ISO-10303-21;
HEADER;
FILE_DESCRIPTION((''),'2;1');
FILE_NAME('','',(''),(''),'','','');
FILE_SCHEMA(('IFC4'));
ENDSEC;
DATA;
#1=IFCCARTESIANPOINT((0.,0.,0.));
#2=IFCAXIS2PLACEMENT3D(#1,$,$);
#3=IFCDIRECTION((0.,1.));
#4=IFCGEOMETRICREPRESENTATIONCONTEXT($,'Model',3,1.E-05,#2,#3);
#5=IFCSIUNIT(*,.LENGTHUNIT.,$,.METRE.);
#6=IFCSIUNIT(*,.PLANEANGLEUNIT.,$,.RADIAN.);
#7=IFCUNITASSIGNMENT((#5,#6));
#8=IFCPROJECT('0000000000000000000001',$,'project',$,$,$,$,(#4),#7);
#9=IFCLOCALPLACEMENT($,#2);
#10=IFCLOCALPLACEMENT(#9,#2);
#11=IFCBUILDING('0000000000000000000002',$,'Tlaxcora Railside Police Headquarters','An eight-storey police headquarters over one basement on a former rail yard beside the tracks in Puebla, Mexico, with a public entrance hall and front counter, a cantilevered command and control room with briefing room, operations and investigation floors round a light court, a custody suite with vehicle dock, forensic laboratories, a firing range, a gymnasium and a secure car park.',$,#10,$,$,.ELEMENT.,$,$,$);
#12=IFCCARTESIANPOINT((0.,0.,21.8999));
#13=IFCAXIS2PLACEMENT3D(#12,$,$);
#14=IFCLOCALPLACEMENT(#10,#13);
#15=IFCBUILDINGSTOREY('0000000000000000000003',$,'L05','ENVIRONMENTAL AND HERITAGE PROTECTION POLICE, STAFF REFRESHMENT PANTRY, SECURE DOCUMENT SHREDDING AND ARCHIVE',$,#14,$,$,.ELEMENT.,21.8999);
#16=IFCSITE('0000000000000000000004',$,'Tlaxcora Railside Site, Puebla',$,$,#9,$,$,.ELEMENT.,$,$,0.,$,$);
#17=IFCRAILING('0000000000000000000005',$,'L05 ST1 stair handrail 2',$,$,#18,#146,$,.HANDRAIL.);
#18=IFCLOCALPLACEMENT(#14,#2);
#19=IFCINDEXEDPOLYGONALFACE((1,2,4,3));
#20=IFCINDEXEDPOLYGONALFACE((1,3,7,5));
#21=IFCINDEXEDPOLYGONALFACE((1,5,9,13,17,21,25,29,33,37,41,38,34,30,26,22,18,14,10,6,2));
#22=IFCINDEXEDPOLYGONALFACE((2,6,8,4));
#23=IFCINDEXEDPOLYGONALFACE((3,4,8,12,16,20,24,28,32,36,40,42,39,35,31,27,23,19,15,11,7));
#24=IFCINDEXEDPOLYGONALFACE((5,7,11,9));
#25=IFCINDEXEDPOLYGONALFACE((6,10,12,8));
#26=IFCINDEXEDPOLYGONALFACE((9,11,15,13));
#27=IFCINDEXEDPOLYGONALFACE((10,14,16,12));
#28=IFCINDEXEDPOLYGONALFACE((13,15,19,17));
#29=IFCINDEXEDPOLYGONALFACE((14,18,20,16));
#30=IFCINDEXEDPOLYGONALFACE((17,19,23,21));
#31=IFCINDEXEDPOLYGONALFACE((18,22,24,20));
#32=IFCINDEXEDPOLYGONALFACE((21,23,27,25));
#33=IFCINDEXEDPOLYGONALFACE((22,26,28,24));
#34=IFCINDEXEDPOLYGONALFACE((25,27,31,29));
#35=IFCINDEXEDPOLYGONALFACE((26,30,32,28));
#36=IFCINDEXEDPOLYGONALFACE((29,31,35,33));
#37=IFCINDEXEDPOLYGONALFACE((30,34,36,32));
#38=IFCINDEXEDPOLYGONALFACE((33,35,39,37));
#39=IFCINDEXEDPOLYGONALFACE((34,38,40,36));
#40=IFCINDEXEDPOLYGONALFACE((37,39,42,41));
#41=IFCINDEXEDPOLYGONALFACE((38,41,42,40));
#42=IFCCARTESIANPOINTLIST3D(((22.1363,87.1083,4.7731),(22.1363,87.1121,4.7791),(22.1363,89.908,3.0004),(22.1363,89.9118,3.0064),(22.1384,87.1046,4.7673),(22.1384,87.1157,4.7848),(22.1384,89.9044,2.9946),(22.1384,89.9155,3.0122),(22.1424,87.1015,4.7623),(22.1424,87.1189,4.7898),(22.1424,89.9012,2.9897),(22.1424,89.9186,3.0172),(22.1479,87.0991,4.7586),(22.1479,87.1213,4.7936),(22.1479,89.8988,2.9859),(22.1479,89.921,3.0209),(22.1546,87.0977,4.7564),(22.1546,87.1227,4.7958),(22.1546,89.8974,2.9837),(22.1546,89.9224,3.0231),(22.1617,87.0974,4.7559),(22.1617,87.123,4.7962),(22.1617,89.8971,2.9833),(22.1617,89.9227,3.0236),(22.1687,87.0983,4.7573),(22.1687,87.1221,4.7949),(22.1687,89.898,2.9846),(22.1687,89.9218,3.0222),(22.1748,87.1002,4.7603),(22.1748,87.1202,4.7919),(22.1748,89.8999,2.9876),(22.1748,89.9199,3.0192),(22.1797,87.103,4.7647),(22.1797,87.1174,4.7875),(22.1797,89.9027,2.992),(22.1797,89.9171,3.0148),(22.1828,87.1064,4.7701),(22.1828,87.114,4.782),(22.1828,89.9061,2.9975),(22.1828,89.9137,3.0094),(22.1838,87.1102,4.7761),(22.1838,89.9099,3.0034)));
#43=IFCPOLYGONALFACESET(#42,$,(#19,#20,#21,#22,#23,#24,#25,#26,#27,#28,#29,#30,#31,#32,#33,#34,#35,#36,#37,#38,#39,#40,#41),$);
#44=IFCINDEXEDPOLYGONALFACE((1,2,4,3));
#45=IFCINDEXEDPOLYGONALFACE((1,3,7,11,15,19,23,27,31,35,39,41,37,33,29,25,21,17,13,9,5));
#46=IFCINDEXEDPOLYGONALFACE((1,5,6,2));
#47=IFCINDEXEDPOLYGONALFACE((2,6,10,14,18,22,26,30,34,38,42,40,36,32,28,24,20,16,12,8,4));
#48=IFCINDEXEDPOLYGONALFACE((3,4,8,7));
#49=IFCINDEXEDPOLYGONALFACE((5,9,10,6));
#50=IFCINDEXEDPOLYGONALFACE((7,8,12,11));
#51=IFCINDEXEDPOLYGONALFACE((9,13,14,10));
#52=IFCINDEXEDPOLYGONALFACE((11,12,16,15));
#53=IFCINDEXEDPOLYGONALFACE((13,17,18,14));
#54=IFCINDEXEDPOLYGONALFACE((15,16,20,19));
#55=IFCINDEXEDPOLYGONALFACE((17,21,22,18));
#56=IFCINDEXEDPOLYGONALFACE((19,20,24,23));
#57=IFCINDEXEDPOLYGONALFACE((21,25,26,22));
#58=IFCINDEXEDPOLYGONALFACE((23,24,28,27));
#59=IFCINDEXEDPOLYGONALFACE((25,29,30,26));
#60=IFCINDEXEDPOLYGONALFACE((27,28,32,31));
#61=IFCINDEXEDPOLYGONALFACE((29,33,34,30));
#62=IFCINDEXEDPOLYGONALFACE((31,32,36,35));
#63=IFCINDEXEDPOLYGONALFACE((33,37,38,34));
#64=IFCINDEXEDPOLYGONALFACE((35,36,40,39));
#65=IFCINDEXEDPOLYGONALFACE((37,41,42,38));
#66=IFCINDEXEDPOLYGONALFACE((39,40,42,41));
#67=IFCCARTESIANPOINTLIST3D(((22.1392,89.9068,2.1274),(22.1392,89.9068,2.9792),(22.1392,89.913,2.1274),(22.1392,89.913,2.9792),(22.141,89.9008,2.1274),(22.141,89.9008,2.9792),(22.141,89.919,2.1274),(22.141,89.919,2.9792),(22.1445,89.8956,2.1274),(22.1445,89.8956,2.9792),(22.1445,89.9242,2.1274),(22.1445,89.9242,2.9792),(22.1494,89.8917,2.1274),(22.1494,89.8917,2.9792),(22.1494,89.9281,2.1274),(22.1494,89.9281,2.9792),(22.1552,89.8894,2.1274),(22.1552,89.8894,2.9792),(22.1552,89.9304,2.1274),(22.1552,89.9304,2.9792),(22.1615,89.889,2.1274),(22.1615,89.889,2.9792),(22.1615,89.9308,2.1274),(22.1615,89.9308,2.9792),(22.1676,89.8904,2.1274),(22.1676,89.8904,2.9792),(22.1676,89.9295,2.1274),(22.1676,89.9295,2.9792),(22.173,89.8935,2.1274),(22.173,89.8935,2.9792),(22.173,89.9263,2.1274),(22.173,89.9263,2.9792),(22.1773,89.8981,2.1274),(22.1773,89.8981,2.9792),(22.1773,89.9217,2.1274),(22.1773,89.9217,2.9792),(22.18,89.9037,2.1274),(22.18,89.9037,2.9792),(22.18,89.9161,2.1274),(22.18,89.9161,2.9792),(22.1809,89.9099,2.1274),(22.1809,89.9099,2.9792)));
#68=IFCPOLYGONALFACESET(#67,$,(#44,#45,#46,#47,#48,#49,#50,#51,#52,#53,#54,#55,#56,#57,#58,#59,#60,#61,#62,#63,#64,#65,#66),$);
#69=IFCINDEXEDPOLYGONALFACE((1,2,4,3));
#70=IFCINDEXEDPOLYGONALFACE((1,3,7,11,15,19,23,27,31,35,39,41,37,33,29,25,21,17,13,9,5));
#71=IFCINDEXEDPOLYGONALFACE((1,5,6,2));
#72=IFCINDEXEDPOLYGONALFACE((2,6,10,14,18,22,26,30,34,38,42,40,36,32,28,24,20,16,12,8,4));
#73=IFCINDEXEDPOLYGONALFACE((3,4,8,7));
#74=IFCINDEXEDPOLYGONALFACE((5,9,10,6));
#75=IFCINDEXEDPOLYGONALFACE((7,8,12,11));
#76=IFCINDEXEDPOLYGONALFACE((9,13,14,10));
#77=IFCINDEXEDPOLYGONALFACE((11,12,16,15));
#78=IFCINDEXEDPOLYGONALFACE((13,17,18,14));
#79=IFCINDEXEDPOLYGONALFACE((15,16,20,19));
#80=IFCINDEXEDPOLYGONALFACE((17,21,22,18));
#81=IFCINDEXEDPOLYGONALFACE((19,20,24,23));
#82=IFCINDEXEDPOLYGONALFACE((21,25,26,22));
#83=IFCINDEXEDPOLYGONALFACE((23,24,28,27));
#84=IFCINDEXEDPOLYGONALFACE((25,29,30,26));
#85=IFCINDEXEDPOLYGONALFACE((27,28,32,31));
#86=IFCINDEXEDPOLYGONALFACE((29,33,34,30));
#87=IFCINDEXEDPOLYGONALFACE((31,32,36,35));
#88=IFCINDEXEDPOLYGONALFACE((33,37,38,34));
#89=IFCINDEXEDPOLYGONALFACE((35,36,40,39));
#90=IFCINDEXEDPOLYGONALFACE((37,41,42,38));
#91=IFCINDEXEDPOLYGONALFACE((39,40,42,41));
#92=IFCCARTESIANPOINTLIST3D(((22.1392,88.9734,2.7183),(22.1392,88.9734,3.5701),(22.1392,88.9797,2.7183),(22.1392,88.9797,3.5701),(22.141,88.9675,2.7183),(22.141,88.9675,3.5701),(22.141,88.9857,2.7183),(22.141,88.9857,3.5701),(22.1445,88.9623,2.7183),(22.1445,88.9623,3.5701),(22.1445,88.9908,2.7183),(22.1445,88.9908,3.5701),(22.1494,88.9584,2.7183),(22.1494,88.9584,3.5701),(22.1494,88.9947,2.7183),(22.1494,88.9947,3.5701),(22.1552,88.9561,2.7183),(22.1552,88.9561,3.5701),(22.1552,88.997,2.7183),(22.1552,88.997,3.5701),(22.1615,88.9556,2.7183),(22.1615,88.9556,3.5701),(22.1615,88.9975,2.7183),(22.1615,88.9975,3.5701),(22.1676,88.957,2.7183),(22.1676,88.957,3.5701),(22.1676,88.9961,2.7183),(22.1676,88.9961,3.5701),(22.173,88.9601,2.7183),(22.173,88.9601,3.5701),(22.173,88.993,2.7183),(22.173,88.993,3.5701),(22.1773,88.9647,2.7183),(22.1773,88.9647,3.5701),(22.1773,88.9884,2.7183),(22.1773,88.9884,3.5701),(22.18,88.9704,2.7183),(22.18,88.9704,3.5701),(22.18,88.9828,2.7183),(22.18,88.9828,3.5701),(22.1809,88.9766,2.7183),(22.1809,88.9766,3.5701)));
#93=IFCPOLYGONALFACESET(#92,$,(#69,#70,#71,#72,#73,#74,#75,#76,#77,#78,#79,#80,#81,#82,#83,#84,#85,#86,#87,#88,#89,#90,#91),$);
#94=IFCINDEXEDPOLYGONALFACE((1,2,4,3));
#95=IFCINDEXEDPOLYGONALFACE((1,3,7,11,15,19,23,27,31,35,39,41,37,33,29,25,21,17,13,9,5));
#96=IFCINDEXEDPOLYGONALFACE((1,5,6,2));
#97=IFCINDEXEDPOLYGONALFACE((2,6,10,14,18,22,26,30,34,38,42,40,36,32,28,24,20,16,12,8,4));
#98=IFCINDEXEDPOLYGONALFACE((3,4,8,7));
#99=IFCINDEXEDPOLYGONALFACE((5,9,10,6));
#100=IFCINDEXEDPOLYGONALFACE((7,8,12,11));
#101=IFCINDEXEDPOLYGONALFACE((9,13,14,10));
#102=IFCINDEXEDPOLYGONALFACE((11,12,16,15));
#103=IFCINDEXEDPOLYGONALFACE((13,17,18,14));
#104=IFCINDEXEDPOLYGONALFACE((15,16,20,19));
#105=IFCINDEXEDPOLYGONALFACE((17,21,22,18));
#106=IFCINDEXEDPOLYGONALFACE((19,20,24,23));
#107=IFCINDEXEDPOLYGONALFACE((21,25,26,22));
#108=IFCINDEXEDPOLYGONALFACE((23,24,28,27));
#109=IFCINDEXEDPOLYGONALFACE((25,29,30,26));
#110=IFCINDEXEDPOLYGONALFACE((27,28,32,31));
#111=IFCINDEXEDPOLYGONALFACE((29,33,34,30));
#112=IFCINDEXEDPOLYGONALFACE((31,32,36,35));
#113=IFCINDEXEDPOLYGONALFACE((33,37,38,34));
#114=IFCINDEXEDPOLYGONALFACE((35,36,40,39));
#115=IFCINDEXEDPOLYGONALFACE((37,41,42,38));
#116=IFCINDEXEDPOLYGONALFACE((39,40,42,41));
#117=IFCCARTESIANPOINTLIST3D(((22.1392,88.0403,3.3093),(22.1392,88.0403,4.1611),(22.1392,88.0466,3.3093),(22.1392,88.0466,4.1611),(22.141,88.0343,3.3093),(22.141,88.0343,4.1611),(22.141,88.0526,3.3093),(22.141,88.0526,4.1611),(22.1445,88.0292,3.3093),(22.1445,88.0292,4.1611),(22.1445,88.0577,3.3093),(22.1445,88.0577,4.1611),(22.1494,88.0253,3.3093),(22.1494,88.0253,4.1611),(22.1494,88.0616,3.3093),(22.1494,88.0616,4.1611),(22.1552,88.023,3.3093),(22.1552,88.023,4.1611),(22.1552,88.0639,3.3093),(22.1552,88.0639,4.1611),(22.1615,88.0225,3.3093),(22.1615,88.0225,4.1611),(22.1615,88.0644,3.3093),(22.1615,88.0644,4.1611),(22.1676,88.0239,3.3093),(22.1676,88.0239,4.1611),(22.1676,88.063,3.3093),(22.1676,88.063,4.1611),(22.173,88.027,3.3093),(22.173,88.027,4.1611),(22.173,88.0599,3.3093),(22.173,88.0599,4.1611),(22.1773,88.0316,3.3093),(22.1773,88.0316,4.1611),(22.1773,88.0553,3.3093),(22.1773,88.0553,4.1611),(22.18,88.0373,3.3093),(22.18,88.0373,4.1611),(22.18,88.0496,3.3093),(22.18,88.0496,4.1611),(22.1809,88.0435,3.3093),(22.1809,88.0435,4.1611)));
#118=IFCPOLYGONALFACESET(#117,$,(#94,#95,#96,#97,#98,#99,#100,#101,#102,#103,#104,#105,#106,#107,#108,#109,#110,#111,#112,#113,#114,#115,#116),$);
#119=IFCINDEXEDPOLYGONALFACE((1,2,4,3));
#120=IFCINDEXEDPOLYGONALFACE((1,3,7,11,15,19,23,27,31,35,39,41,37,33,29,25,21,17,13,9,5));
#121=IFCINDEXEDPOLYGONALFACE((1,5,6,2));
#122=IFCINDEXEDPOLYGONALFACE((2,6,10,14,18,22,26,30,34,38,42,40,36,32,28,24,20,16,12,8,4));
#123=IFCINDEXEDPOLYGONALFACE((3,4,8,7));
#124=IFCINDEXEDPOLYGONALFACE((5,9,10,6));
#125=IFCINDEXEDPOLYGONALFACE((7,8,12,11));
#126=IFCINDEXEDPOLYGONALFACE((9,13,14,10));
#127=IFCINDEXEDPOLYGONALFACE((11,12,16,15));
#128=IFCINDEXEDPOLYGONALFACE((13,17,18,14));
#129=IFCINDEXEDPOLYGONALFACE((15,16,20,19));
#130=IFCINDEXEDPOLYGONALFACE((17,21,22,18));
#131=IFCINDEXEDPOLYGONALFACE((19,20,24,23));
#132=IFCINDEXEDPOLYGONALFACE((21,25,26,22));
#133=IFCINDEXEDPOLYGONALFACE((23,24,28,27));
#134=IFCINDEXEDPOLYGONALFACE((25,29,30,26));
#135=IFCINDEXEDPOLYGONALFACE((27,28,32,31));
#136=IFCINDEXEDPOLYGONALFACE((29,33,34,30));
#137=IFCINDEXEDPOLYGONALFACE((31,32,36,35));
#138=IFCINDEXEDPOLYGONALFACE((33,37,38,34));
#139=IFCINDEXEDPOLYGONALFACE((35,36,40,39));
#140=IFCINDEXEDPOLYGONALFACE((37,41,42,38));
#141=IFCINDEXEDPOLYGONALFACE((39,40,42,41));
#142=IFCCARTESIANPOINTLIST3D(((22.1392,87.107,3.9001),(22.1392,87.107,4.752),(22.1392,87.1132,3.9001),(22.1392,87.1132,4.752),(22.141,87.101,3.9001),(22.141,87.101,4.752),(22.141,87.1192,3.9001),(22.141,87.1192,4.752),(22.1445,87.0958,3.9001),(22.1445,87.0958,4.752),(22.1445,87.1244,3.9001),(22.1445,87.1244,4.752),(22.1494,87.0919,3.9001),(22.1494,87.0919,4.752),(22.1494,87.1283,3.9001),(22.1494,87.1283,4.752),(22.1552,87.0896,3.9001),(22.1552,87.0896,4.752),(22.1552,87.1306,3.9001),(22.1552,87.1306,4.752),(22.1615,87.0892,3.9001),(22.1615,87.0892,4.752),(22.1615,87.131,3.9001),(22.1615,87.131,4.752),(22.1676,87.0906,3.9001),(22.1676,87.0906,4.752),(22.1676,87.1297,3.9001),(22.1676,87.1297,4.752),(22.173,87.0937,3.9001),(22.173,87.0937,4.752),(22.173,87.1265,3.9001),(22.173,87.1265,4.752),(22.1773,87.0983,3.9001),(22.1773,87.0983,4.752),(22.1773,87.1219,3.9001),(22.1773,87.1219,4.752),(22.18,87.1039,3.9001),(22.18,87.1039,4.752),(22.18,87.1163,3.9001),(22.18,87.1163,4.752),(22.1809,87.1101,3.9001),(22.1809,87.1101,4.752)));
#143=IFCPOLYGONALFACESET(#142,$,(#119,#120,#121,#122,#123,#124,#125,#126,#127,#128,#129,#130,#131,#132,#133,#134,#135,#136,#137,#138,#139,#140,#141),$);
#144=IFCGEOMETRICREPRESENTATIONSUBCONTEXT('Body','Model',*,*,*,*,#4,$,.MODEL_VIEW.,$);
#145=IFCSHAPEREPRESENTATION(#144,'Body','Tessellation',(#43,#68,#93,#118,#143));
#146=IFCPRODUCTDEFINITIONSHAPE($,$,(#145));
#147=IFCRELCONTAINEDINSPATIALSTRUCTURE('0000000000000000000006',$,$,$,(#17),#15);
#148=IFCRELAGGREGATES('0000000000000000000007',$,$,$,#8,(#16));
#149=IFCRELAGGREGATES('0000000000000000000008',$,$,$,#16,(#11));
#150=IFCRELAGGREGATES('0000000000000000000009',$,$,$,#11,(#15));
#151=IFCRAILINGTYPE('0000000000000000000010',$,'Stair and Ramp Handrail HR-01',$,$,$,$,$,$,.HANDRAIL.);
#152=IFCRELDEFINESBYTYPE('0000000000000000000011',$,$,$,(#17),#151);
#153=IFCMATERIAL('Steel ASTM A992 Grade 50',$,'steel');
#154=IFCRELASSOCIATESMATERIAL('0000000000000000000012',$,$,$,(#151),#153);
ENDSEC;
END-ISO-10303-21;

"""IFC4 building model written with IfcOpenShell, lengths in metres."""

from ifc_helpers import new_model, si_unit, direction, frame, origin, origin_2d, place, context, subcontext, project, spatial, circle, extrude, material, type_object, element, save


model = new_model("IFC4")

# Units and contexts
model_context = context("Model", 3, precision=1e-05, world=origin(), true_north=direction((0.0, 1.0)))
body_context = subcontext(model_context, "Body", "Model", "MODEL_VIEW")
ifc_project = project(units=[si_unit("LENGTHUNIT", "METRE"), si_unit("PLANEANGLEUNIT", "RADIAN")], contexts=[model_context])

# Site, building, storey
site_placement = place(None, origin())
site = spatial("IfcSite", under=ifc_project, at=site_placement, Name="Tlaxcora Railside Site, Puebla", CompositionType="ELEMENT", RefElevation=0.0)
building_placement = place(site_placement, origin())
building = spatial("IfcBuilding", under=site, at=building_placement, Name="Tlaxcora Railside Police Headquarters", Description="An eight-storey police headquarters over one basement on a former rail yard beside the tracks in Puebla, Mexico, with a public entrance hall and front counter, a cantilevered command and control room with briefing room, operations and investigation floors round a light court, a custody suite with vehicle dock, forensic laboratories, a firing range, a gymnasium and a secure car park.", CompositionType="ELEMENT")
storey_placement = place(building_placement, frame((0.0, 0.0, 21.8999)))
storey = spatial("IfcBuildingStorey", under=building, at=storey_placement, Name="L05", Description="ENVIRONMENTAL AND HERITAGE PROTECTION POLICE, STAFF REFRESHMENT PANTRY, SECURE DOCUMENT SHREDDING AND ARCHIVE", CompositionType="ELEMENT", Elevation=21.8999)

# Shared definitions
ifc_material_1 = material(Name="Steel ASTM A992 Grade 50", Category="steel")

# Railing
railing_type_1 = type_object("IfcRailingType", Name="Stair and Ramp Handrail HR-01", PredefinedType="HANDRAIL", material=ifc_material_1)
railing_1_placement = place(storey_placement, frame((22.1599, 89.9099, 2.1274)))
element("IfcRailing", 1, at=railing_1_placement, inside=storey, type_object=railing_type_1, Name="L05 ST1 stair handrail 2", PredefinedType="HANDRAIL", context=body_context, shape_type="SweptSolid", body=[
    extrude(circle(Radius=0.0239, at=origin_2d()), frame((0.0, 0.0, 0.876), z_axis=(0.0, -0.844888, 0.534943), x_axis=(1.0, 0.0, 0.0)), (0.0, 0.0, 1.0), 3.3137),
    extrude(circle(Radius=0.021, at=origin_2d()), origin(), (0.0, 0.0, 1.0), 0.8518),
    extrude(circle(Radius=0.021, at=origin_2d()), frame((0.0, -0.9333, 0.5908)), (0.0, 0.0, 1.0), 0.8518),
    extrude(circle(Radius=0.021, at=origin_2d()), frame((0.0, -1.8665, 1.1819)), (0.0, 0.0, 1.0), 0.8518),
    extrude(circle(Radius=0.021, at=origin_2d()), frame((0.0, -2.7998, 1.7727)), (0.0, 0.0, 1.0), 0.8518),
])

save(model, "model.ifc")
